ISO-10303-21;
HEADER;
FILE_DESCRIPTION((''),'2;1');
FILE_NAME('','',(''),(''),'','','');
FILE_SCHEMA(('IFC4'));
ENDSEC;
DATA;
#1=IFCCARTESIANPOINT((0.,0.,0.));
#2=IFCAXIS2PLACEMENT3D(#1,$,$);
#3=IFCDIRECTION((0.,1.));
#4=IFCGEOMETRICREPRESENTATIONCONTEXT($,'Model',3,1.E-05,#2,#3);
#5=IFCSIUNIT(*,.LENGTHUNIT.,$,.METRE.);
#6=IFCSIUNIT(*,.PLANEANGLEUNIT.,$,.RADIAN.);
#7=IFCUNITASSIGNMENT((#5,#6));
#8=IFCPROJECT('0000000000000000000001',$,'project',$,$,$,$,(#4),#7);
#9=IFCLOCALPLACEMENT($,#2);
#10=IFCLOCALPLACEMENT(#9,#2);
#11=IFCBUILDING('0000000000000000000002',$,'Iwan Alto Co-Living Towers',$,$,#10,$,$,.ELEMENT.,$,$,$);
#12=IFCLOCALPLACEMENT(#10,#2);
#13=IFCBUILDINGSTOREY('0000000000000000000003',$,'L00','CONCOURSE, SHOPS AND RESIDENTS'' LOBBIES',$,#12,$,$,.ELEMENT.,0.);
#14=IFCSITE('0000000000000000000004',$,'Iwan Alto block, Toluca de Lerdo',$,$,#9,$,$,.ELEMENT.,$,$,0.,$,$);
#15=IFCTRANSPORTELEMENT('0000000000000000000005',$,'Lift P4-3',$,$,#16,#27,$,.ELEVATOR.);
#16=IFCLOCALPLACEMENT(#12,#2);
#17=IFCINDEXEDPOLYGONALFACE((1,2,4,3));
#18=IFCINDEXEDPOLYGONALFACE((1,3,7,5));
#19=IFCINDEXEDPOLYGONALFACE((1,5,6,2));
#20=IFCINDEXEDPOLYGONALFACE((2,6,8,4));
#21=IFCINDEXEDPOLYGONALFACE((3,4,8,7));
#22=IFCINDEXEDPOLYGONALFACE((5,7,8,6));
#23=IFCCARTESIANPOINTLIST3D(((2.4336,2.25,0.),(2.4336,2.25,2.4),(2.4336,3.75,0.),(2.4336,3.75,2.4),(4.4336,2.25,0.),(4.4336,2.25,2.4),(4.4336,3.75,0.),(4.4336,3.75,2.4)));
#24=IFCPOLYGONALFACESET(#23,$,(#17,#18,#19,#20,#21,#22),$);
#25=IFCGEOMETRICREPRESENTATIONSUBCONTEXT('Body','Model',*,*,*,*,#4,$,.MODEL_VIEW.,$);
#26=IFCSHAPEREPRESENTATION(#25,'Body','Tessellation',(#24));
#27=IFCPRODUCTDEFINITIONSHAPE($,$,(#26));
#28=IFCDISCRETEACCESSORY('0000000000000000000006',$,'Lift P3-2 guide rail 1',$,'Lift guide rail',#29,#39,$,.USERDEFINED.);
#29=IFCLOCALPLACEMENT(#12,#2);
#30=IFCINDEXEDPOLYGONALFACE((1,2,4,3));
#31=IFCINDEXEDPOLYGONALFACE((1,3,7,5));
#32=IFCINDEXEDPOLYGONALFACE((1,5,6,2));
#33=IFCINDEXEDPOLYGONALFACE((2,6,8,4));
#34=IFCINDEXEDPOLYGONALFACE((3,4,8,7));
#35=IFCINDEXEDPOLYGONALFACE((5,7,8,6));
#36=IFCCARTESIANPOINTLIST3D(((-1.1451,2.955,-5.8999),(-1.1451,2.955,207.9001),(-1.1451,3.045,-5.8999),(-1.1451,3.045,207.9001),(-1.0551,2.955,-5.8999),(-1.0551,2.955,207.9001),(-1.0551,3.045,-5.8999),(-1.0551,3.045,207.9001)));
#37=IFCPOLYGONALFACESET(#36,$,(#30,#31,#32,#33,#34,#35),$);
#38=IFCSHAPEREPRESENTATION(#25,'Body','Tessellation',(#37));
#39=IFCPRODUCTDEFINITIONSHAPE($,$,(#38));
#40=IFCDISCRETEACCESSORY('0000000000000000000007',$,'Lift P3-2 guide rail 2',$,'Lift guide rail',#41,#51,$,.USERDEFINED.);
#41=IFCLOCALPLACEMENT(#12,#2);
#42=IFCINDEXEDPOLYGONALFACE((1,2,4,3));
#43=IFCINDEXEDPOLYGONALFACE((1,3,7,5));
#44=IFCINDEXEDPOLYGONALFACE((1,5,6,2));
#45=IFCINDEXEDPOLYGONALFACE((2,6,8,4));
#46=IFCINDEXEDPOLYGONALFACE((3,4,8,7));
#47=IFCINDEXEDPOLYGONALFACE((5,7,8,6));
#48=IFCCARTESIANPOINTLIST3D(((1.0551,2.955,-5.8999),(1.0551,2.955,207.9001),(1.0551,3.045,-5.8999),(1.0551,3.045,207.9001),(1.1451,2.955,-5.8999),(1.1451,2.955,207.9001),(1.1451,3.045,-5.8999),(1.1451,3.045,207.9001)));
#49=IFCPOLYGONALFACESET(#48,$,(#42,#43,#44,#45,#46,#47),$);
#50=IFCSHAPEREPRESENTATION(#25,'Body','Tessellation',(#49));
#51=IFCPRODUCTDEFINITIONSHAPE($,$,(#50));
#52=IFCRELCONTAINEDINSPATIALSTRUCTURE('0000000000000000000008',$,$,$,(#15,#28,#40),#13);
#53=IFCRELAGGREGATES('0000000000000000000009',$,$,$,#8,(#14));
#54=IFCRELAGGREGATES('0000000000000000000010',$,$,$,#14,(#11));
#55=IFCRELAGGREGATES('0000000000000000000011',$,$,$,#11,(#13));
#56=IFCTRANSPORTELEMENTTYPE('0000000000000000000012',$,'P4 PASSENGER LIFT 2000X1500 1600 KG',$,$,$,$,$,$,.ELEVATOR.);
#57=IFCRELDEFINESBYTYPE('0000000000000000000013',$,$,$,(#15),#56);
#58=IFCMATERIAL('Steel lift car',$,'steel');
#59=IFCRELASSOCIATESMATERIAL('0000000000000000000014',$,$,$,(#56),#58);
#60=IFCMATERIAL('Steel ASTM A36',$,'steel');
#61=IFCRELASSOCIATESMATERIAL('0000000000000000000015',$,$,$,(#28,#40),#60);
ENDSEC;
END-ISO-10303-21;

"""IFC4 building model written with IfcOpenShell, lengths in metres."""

from ifc_helpers import new_model, si_unit, direction, frame, origin, origin_2d, place, context, subcontext, project, spatial, rectangle, extrude, material, type_object, element, save


model = new_model("IFC4")

# Units and contexts
model_context = context("Model", 3, precision=1e-05, world=origin(), true_north=direction((0.0, 1.0)))
body_context = subcontext(model_context, "Body", "Model", "MODEL_VIEW")
ifc_project = project(units=[si_unit("LENGTHUNIT", "METRE"), si_unit("PLANEANGLEUNIT", "RADIAN")], contexts=[model_context])

# Site, building, storey
site_placement = place(None, origin())
site = spatial("IfcSite", under=ifc_project, at=site_placement, Name="Iwan Alto block, Toluca de Lerdo", CompositionType="ELEMENT", RefElevation=0.0)
building_placement = place(site_placement, origin())
building = spatial("IfcBuilding", under=site, at=building_placement, Name="Iwan Alto Co-Living Towers", CompositionType="ELEMENT")
storey_placement = place(building_placement, origin())
storey = spatial("IfcBuildingStorey", under=building, at=storey_placement, Name="L00", Description="CONCOURSE, SHOPS AND RESIDENTS' LOBBIES", CompositionType="ELEMENT", Elevation=0.0)

# Transport element
ifc_material_1 = material(Name="Steel lift car", Category="steel")
transport_element_type = type_object("IfcTransportElementType", Name="P4 PASSENGER LIFT 2000X1500 1600 KG", PredefinedType="ELEVATOR", material=ifc_material_1)
transport_element_placement = place(storey_placement, frame((3.4336, 3.0, 0.0), z_axis=(0.0, 0.0, 1.0), x_axis=(1.0, 0.0, 0.0)))
element("IfcTransportElement", 1, at=transport_element_placement, inside=storey, type_object=transport_element_type, Name="Lift P4-3", PredefinedType="ELEVATOR", context=body_context, shape_type="SweptSolid", body=[
    extrude(rectangle(XDim=2.0, YDim=1.5, at=origin_2d()), origin(), (0.0, 0.0, 1.0), 2.4),
])

# Discrete accessories
ifc_material_2 = material(Name="Steel ASTM A36", Category="steel")
placement = place(storey_placement, frame((0.0, 3.0, 0.0), z_axis=(0.0, 0.0, 1.0), x_axis=(1.0, 0.0, 0.0)))
discrete_accessory_1_placement = place(placement, origin())
element("IfcDiscreteAccessory", 2, at=discrete_accessory_1_placement, inside=storey, material=ifc_material_2, Name="Lift P3-2 guide rail 1", ObjectType="Lift guide rail", PredefinedType="USERDEFINED", context=body_context, shape_type="SweptSolid", body=[
    extrude(rectangle(XDim=0.09, YDim=0.09, at=origin_2d()), frame((-1.1001, 0.0, -5.8999)), (0.0, 0.0, 1.0), 213.8),
])
discrete_accessory_2_placement = place(placement, origin())
element("IfcDiscreteAccessory", 3, at=discrete_accessory_2_placement, inside=storey, material=ifc_material_2, Name="Lift P3-2 guide rail 2", ObjectType="Lift guide rail", PredefinedType="USERDEFINED", context=body_context, shape_type="SweptSolid", body=[
    extrude(rectangle(XDim=0.09, YDim=0.09, at=origin_2d()), frame((1.1001, 0.0, -5.8999)), (0.0, 0.0, 1.0), 213.8),
])

save(model, "model.ifc")
